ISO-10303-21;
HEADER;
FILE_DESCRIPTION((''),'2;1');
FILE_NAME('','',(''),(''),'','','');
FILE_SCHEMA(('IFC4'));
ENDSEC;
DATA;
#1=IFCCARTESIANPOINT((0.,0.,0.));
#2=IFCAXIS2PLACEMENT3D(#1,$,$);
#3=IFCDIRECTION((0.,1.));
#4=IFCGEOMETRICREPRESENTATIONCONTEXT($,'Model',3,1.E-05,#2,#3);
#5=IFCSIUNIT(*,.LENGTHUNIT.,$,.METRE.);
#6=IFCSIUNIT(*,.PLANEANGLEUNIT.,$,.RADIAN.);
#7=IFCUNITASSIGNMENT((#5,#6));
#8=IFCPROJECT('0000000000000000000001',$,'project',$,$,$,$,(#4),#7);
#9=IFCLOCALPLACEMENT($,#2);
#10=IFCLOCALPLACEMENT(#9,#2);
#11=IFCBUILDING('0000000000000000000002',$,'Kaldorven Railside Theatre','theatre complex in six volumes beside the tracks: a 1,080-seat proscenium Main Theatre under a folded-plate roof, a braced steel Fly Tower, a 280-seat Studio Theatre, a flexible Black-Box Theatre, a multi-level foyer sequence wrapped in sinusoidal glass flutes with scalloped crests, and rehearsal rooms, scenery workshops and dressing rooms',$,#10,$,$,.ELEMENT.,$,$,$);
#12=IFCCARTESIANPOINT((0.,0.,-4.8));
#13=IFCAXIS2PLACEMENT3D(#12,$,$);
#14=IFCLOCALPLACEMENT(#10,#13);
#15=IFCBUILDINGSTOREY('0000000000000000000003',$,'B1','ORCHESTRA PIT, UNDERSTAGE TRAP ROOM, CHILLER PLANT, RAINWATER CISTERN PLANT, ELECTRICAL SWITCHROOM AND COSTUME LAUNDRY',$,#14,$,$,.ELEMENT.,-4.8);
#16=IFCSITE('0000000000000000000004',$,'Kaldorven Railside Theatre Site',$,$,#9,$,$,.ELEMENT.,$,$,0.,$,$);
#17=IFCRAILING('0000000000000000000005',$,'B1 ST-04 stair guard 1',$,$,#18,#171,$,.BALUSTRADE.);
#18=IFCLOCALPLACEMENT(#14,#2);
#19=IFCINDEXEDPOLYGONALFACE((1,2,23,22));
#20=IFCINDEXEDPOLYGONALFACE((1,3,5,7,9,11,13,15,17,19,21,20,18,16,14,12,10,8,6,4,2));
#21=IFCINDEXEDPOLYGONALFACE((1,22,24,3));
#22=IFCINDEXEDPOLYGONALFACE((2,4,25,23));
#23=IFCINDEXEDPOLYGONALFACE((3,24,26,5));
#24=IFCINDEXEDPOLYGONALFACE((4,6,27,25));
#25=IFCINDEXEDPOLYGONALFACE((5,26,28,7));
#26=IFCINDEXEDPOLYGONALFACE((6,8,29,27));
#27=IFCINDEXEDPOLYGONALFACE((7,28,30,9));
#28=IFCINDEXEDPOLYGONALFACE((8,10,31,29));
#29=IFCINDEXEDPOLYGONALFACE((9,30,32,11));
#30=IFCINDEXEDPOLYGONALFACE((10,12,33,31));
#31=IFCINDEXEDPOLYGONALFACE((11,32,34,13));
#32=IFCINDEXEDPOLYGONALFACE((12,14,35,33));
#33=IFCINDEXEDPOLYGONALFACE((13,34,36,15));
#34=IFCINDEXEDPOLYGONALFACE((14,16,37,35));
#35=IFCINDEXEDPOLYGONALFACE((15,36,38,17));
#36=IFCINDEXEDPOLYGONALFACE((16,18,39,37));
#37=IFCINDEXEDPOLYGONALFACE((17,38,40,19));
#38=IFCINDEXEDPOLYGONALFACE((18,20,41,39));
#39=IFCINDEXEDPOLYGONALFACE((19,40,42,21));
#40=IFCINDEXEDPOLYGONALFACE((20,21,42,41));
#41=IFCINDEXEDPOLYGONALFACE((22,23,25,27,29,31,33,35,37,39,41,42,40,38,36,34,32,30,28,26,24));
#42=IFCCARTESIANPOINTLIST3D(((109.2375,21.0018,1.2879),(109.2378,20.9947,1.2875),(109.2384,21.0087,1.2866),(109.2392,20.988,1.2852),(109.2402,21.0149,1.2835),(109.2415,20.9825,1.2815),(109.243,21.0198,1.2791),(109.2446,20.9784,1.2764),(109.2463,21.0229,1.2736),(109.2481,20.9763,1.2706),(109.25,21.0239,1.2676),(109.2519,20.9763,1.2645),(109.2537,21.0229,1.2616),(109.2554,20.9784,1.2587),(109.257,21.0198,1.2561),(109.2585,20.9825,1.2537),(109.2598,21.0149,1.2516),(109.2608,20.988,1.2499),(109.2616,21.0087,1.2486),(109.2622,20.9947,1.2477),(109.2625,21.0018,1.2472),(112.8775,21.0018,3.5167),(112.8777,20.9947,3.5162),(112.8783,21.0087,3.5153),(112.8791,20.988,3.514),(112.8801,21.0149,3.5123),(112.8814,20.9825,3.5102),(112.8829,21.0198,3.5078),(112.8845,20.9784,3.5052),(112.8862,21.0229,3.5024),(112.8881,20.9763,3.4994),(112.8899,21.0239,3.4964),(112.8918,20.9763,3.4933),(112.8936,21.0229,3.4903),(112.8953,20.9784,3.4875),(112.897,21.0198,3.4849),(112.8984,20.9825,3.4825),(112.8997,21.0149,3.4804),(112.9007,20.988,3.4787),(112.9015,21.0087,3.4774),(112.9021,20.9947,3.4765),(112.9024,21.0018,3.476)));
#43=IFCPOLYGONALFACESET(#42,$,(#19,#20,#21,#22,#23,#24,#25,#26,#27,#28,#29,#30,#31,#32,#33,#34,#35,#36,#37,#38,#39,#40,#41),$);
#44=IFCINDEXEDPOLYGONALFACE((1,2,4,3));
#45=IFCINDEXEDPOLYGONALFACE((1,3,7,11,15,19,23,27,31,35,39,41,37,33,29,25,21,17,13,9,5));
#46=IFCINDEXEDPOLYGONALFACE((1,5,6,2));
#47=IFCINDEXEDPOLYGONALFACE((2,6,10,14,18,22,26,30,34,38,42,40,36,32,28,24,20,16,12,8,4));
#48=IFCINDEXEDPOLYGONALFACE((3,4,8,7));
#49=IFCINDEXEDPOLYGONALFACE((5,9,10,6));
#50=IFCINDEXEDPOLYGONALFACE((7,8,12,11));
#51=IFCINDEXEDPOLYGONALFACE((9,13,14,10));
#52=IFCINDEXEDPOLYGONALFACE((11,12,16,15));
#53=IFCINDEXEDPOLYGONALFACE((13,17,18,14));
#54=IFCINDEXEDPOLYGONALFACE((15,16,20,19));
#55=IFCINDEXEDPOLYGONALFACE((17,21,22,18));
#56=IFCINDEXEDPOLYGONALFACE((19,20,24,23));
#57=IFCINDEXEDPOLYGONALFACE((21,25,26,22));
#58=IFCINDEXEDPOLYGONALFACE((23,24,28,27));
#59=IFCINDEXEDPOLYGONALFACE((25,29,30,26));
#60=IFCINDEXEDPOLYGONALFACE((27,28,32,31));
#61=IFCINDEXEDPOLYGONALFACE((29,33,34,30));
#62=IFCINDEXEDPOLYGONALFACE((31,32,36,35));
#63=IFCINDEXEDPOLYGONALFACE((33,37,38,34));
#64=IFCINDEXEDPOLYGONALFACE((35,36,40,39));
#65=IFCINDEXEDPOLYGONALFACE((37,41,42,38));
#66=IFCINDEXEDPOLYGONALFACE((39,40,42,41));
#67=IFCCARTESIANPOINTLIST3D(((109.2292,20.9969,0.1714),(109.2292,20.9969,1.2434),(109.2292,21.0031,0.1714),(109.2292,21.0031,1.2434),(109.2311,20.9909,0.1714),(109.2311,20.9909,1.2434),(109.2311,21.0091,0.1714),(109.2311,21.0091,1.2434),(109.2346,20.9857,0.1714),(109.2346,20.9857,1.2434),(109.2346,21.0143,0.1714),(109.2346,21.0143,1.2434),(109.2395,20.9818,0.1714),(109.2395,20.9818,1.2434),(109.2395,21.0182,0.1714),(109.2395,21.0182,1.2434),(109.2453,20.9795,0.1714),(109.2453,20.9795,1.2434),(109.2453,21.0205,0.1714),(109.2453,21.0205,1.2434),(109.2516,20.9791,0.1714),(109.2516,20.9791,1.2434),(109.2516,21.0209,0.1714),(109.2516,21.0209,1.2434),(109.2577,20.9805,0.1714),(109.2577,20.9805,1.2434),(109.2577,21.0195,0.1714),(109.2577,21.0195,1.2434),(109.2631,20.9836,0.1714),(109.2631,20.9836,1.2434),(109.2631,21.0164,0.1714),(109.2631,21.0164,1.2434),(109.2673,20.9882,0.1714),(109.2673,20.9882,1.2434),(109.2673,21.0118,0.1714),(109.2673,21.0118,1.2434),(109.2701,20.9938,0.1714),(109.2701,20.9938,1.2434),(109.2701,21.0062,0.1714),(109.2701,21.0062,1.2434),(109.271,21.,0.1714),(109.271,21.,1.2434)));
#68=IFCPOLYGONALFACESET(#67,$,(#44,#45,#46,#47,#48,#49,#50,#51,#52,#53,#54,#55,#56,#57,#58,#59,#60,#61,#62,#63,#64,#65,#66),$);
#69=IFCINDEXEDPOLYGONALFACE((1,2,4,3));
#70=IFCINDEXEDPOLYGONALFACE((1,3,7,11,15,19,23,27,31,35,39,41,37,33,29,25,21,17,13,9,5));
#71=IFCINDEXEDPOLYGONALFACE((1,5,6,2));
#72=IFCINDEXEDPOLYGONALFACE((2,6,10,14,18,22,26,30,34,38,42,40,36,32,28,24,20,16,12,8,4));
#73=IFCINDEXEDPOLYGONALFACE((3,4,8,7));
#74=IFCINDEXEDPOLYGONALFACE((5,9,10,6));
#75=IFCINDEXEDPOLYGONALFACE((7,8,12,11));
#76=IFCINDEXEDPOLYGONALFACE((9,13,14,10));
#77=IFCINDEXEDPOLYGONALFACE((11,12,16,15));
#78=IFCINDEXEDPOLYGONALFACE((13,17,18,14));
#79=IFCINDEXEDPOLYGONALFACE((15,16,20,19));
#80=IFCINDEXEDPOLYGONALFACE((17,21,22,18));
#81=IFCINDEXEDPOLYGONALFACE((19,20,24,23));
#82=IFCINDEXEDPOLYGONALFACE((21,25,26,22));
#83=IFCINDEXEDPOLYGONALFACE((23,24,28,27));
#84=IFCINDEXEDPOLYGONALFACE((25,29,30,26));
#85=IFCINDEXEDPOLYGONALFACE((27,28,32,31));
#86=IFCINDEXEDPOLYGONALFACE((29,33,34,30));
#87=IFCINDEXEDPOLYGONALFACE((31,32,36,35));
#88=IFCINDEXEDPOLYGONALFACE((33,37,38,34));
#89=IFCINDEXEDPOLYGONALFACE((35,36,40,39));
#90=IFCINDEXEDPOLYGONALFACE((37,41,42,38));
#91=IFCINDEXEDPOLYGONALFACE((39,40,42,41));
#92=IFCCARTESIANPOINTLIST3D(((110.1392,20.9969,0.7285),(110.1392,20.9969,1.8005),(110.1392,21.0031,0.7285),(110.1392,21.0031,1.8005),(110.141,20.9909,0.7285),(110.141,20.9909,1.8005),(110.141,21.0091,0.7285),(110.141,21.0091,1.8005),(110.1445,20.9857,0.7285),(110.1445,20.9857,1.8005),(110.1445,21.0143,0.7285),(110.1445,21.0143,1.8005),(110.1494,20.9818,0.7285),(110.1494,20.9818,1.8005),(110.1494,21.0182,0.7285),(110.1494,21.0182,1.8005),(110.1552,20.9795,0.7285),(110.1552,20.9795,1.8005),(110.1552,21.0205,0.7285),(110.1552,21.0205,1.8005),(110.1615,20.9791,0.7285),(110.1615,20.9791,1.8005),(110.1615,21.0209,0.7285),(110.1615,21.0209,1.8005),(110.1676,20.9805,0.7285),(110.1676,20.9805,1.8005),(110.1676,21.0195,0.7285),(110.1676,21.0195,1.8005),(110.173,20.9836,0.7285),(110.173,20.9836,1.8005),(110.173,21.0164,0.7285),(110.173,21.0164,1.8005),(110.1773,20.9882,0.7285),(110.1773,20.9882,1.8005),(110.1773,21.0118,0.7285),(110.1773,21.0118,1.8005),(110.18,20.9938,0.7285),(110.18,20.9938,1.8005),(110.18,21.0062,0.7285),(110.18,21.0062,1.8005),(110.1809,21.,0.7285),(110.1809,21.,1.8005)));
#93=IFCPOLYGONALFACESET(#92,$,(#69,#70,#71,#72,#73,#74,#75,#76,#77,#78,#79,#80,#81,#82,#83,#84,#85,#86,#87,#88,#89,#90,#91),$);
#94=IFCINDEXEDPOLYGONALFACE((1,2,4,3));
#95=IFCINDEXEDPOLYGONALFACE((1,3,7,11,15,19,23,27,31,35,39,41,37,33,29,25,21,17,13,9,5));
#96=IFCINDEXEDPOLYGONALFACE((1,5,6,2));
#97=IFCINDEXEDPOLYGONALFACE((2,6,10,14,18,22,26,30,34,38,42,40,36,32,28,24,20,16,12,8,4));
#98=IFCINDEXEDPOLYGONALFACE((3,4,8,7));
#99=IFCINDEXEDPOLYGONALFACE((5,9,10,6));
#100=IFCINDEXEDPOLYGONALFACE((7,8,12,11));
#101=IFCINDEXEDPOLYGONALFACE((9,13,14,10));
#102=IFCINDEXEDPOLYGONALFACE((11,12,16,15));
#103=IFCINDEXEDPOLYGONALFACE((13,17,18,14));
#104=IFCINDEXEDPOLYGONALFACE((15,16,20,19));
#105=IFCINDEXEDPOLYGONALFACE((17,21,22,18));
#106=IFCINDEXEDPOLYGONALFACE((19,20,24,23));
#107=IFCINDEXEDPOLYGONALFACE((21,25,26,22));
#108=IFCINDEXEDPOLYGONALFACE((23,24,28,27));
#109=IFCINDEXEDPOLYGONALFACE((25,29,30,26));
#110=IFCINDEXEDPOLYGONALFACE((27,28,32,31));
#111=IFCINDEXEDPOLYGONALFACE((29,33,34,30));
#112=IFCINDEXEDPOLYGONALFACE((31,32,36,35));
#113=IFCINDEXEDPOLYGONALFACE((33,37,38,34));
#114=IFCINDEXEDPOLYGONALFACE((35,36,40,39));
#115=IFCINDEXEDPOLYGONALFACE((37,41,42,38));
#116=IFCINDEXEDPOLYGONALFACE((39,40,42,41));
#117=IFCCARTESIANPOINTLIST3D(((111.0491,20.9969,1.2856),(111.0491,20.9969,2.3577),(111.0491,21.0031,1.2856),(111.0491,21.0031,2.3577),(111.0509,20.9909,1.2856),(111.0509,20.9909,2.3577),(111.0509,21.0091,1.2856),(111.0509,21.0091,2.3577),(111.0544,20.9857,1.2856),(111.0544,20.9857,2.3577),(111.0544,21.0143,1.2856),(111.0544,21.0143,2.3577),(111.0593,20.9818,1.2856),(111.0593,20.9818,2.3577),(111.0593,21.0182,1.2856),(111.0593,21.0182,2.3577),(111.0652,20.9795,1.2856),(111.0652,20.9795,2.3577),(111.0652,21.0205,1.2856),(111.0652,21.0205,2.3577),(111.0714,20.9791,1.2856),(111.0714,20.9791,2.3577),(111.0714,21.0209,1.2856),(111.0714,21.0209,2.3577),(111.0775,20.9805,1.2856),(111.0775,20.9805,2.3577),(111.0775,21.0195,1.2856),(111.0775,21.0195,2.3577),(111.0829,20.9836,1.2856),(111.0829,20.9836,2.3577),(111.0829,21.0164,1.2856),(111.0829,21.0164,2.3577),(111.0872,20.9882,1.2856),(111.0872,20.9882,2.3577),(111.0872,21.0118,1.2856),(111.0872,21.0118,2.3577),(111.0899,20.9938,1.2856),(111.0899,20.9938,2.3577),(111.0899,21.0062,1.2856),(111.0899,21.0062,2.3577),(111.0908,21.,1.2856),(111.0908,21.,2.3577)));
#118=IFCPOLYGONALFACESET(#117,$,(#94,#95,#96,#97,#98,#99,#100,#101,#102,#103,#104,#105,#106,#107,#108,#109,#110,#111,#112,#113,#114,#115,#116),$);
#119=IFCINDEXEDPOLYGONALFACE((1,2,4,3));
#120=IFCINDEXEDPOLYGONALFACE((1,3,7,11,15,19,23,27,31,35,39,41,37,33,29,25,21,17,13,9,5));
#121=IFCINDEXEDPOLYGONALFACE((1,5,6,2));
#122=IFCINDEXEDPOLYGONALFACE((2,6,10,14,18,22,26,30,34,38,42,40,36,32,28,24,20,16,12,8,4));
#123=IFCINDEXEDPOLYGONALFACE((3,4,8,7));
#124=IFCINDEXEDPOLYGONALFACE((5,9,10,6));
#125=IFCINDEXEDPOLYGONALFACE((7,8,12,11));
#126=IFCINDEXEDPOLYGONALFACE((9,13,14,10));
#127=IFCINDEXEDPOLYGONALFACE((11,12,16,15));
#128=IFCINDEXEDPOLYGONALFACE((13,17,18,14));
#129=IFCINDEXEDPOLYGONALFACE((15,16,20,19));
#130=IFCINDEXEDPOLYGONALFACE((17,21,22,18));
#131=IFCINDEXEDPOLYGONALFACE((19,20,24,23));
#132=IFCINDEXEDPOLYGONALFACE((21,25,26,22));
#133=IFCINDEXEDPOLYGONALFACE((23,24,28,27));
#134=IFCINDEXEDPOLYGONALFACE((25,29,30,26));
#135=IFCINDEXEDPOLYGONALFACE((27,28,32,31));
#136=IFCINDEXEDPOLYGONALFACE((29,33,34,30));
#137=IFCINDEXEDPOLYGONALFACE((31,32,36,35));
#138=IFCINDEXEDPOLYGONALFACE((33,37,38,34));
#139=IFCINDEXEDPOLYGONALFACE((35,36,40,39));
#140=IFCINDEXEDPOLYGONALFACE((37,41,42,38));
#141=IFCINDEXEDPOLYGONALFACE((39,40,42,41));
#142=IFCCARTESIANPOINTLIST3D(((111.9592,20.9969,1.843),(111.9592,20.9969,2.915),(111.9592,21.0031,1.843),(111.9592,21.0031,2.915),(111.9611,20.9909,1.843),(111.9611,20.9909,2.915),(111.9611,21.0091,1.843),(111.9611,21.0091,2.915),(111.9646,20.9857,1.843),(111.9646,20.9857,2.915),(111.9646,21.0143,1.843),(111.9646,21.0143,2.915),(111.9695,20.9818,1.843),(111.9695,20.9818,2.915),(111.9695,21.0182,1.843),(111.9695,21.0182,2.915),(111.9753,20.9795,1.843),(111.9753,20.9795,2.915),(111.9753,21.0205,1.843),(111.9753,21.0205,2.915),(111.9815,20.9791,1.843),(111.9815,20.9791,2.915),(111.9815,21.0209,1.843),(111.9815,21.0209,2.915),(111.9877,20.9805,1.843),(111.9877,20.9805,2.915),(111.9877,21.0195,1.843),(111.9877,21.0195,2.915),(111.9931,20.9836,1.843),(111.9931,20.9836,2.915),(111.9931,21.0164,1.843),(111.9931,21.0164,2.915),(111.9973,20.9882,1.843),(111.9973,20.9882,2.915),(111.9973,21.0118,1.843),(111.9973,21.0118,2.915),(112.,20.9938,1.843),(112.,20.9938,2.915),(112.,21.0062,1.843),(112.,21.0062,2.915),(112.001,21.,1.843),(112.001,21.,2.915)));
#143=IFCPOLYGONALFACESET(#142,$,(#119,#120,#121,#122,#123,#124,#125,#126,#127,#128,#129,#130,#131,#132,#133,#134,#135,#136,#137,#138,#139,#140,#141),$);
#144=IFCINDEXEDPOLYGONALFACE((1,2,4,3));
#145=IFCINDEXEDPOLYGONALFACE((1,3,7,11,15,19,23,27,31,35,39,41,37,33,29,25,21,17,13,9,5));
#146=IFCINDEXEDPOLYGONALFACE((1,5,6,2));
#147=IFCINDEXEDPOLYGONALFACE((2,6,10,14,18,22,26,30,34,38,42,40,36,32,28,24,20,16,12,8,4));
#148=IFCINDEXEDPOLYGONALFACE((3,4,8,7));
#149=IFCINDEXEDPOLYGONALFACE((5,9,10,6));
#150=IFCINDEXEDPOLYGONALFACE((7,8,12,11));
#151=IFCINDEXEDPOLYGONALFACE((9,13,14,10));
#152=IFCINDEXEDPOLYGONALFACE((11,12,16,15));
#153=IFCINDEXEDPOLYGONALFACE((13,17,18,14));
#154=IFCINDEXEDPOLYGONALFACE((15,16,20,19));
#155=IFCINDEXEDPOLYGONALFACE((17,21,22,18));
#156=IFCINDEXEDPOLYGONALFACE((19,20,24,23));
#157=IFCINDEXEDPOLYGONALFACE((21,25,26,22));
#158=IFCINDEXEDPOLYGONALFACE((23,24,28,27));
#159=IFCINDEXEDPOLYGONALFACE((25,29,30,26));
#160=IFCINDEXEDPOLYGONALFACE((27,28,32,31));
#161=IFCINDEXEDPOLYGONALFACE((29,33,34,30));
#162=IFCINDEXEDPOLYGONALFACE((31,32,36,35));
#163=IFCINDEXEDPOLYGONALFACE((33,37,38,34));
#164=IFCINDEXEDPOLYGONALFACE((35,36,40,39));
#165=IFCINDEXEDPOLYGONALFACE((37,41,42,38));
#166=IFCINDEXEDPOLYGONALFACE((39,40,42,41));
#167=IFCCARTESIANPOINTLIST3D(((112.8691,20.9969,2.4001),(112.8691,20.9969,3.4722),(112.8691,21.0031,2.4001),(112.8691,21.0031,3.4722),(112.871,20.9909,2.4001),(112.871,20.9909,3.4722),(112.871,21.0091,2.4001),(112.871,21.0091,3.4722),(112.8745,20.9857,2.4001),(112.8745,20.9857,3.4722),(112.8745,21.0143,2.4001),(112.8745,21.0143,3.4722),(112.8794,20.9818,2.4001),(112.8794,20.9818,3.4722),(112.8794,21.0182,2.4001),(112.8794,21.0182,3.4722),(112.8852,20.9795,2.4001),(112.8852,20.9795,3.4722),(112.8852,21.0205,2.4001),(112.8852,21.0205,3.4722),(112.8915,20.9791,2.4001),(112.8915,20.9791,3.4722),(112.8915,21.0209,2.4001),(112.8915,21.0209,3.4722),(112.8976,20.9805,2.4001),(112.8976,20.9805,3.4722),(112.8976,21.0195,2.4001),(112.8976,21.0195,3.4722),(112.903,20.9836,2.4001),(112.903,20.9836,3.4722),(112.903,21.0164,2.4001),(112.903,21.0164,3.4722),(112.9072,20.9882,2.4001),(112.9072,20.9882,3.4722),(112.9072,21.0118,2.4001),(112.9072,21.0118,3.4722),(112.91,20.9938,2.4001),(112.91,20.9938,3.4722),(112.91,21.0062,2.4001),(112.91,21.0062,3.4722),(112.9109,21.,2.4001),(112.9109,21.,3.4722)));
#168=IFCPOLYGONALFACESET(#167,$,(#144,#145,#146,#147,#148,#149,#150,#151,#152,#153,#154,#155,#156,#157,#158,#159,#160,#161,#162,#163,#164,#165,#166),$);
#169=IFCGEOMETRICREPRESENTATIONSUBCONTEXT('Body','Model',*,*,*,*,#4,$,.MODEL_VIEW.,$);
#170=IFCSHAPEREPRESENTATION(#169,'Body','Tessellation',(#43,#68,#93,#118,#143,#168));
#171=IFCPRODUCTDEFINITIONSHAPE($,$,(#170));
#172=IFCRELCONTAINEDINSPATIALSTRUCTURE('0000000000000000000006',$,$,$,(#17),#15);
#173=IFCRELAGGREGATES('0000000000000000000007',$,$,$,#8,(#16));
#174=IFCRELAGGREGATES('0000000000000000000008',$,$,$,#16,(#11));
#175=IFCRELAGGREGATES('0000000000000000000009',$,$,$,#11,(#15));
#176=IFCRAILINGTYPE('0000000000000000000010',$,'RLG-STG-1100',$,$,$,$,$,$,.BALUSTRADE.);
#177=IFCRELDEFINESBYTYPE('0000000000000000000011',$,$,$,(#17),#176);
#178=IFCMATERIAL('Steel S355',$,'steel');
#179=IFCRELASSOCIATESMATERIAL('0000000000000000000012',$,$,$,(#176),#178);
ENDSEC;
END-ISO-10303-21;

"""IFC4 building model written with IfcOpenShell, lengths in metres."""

from ifc_helpers import new_model, si_unit, direction, frame, origin, origin_2d, place, context, subcontext, project, spatial, circle, extrude, material, type_object, element, save


model = new_model("IFC4")

# Units and contexts
model_context = context("Model", 3, precision=1e-05, world=origin(), true_north=direction((0.0, 1.0)))
body_context = subcontext(model_context, "Body", "Model", "MODEL_VIEW")
ifc_project = project(units=[si_unit("LENGTHUNIT", "METRE"), si_unit("PLANEANGLEUNIT", "RADIAN")], contexts=[model_context])

# Site, building, storey
site_placement = place(None, origin())
site = spatial("IfcSite", under=ifc_project, at=site_placement, Name="Kaldorven Railside Theatre Site", CompositionType="ELEMENT", RefElevation=0.0)
building_placement = place(site_placement, origin())
building = spatial("IfcBuilding", under=site, at=building_placement, Name="Kaldorven Railside Theatre", Description="theatre complex in six volumes beside the tracks: a 1,080-seat proscenium Main Theatre under a folded-plate roof, a braced steel Fly Tower, a 280-seat Studio Theatre, a flexible Black-Box Theatre, a multi-level foyer sequence wrapped in sinusoidal glass flutes with scalloped crests, and rehearsal rooms, scenery workshops and dressing rooms", CompositionType="ELEMENT")
storey_placement = place(building_placement, frame((0.0, 0.0, -4.8)))
storey = spatial("IfcBuildingStorey", under=building, at=storey_placement, Name="B1", Description="ORCHESTRA PIT, UNDERSTAGE TRAP ROOM, CHILLER PLANT, RAINWATER CISTERN PLANT, ELECTRICAL SWITCHROOM AND COSTUME LAUNDRY", CompositionType="ELEMENT", Elevation=-4.8)

# Railing
ifc_material_1 = material(Name="Steel S355", Category="steel")
railing_type_1 = type_object("IfcRailingType", Name="RLG-STG-1100", PredefinedType="BALUSTRADE", material=ifc_material_1)
railing_1_placement = place(storey_placement, frame((109.25, 21.0, 0.1714)))
element("IfcRailing", 1, at=railing_1_placement, inside=storey, type_object=railing_type_1, Name="B1 ST-04 stair guard 1", PredefinedType="BALUSTRADE", context=body_context, shape_type="SweptSolid", body=[
    extrude(circle(Radius=0.0239, at=origin_2d()), frame((0.0, 0.0, 1.0962), z_axis=(0.852825, 0.0, 0.522197), x_axis=(0.0, 1.0, 0.0)), (0.0, 0.0, 1.0), 4.2681),
    extrude(circle(Radius=0.021, at=origin_2d()), origin(), (0.0, 0.0, 1.0), 1.072),
    extrude(circle(Radius=0.021, at=origin_2d()), frame((0.9099, 0.0, 0.5571)), (0.0, 0.0, 1.0), 1.072),
    extrude(circle(Radius=0.021, at=origin_2d()), frame((1.8198, 0.0, 1.1143)), (0.0, 0.0, 1.0), 1.072),
    extrude(circle(Radius=0.021, at=origin_2d()), frame((2.73, 0.0, 1.6716)), (0.0, 0.0, 1.0), 1.072),
    extrude(circle(Radius=0.021, at=origin_2d()), frame((3.6399, 0.0, 2.2288)), (0.0, 0.0, 1.0), 1.072),
])

save(model, "model.ifc")
